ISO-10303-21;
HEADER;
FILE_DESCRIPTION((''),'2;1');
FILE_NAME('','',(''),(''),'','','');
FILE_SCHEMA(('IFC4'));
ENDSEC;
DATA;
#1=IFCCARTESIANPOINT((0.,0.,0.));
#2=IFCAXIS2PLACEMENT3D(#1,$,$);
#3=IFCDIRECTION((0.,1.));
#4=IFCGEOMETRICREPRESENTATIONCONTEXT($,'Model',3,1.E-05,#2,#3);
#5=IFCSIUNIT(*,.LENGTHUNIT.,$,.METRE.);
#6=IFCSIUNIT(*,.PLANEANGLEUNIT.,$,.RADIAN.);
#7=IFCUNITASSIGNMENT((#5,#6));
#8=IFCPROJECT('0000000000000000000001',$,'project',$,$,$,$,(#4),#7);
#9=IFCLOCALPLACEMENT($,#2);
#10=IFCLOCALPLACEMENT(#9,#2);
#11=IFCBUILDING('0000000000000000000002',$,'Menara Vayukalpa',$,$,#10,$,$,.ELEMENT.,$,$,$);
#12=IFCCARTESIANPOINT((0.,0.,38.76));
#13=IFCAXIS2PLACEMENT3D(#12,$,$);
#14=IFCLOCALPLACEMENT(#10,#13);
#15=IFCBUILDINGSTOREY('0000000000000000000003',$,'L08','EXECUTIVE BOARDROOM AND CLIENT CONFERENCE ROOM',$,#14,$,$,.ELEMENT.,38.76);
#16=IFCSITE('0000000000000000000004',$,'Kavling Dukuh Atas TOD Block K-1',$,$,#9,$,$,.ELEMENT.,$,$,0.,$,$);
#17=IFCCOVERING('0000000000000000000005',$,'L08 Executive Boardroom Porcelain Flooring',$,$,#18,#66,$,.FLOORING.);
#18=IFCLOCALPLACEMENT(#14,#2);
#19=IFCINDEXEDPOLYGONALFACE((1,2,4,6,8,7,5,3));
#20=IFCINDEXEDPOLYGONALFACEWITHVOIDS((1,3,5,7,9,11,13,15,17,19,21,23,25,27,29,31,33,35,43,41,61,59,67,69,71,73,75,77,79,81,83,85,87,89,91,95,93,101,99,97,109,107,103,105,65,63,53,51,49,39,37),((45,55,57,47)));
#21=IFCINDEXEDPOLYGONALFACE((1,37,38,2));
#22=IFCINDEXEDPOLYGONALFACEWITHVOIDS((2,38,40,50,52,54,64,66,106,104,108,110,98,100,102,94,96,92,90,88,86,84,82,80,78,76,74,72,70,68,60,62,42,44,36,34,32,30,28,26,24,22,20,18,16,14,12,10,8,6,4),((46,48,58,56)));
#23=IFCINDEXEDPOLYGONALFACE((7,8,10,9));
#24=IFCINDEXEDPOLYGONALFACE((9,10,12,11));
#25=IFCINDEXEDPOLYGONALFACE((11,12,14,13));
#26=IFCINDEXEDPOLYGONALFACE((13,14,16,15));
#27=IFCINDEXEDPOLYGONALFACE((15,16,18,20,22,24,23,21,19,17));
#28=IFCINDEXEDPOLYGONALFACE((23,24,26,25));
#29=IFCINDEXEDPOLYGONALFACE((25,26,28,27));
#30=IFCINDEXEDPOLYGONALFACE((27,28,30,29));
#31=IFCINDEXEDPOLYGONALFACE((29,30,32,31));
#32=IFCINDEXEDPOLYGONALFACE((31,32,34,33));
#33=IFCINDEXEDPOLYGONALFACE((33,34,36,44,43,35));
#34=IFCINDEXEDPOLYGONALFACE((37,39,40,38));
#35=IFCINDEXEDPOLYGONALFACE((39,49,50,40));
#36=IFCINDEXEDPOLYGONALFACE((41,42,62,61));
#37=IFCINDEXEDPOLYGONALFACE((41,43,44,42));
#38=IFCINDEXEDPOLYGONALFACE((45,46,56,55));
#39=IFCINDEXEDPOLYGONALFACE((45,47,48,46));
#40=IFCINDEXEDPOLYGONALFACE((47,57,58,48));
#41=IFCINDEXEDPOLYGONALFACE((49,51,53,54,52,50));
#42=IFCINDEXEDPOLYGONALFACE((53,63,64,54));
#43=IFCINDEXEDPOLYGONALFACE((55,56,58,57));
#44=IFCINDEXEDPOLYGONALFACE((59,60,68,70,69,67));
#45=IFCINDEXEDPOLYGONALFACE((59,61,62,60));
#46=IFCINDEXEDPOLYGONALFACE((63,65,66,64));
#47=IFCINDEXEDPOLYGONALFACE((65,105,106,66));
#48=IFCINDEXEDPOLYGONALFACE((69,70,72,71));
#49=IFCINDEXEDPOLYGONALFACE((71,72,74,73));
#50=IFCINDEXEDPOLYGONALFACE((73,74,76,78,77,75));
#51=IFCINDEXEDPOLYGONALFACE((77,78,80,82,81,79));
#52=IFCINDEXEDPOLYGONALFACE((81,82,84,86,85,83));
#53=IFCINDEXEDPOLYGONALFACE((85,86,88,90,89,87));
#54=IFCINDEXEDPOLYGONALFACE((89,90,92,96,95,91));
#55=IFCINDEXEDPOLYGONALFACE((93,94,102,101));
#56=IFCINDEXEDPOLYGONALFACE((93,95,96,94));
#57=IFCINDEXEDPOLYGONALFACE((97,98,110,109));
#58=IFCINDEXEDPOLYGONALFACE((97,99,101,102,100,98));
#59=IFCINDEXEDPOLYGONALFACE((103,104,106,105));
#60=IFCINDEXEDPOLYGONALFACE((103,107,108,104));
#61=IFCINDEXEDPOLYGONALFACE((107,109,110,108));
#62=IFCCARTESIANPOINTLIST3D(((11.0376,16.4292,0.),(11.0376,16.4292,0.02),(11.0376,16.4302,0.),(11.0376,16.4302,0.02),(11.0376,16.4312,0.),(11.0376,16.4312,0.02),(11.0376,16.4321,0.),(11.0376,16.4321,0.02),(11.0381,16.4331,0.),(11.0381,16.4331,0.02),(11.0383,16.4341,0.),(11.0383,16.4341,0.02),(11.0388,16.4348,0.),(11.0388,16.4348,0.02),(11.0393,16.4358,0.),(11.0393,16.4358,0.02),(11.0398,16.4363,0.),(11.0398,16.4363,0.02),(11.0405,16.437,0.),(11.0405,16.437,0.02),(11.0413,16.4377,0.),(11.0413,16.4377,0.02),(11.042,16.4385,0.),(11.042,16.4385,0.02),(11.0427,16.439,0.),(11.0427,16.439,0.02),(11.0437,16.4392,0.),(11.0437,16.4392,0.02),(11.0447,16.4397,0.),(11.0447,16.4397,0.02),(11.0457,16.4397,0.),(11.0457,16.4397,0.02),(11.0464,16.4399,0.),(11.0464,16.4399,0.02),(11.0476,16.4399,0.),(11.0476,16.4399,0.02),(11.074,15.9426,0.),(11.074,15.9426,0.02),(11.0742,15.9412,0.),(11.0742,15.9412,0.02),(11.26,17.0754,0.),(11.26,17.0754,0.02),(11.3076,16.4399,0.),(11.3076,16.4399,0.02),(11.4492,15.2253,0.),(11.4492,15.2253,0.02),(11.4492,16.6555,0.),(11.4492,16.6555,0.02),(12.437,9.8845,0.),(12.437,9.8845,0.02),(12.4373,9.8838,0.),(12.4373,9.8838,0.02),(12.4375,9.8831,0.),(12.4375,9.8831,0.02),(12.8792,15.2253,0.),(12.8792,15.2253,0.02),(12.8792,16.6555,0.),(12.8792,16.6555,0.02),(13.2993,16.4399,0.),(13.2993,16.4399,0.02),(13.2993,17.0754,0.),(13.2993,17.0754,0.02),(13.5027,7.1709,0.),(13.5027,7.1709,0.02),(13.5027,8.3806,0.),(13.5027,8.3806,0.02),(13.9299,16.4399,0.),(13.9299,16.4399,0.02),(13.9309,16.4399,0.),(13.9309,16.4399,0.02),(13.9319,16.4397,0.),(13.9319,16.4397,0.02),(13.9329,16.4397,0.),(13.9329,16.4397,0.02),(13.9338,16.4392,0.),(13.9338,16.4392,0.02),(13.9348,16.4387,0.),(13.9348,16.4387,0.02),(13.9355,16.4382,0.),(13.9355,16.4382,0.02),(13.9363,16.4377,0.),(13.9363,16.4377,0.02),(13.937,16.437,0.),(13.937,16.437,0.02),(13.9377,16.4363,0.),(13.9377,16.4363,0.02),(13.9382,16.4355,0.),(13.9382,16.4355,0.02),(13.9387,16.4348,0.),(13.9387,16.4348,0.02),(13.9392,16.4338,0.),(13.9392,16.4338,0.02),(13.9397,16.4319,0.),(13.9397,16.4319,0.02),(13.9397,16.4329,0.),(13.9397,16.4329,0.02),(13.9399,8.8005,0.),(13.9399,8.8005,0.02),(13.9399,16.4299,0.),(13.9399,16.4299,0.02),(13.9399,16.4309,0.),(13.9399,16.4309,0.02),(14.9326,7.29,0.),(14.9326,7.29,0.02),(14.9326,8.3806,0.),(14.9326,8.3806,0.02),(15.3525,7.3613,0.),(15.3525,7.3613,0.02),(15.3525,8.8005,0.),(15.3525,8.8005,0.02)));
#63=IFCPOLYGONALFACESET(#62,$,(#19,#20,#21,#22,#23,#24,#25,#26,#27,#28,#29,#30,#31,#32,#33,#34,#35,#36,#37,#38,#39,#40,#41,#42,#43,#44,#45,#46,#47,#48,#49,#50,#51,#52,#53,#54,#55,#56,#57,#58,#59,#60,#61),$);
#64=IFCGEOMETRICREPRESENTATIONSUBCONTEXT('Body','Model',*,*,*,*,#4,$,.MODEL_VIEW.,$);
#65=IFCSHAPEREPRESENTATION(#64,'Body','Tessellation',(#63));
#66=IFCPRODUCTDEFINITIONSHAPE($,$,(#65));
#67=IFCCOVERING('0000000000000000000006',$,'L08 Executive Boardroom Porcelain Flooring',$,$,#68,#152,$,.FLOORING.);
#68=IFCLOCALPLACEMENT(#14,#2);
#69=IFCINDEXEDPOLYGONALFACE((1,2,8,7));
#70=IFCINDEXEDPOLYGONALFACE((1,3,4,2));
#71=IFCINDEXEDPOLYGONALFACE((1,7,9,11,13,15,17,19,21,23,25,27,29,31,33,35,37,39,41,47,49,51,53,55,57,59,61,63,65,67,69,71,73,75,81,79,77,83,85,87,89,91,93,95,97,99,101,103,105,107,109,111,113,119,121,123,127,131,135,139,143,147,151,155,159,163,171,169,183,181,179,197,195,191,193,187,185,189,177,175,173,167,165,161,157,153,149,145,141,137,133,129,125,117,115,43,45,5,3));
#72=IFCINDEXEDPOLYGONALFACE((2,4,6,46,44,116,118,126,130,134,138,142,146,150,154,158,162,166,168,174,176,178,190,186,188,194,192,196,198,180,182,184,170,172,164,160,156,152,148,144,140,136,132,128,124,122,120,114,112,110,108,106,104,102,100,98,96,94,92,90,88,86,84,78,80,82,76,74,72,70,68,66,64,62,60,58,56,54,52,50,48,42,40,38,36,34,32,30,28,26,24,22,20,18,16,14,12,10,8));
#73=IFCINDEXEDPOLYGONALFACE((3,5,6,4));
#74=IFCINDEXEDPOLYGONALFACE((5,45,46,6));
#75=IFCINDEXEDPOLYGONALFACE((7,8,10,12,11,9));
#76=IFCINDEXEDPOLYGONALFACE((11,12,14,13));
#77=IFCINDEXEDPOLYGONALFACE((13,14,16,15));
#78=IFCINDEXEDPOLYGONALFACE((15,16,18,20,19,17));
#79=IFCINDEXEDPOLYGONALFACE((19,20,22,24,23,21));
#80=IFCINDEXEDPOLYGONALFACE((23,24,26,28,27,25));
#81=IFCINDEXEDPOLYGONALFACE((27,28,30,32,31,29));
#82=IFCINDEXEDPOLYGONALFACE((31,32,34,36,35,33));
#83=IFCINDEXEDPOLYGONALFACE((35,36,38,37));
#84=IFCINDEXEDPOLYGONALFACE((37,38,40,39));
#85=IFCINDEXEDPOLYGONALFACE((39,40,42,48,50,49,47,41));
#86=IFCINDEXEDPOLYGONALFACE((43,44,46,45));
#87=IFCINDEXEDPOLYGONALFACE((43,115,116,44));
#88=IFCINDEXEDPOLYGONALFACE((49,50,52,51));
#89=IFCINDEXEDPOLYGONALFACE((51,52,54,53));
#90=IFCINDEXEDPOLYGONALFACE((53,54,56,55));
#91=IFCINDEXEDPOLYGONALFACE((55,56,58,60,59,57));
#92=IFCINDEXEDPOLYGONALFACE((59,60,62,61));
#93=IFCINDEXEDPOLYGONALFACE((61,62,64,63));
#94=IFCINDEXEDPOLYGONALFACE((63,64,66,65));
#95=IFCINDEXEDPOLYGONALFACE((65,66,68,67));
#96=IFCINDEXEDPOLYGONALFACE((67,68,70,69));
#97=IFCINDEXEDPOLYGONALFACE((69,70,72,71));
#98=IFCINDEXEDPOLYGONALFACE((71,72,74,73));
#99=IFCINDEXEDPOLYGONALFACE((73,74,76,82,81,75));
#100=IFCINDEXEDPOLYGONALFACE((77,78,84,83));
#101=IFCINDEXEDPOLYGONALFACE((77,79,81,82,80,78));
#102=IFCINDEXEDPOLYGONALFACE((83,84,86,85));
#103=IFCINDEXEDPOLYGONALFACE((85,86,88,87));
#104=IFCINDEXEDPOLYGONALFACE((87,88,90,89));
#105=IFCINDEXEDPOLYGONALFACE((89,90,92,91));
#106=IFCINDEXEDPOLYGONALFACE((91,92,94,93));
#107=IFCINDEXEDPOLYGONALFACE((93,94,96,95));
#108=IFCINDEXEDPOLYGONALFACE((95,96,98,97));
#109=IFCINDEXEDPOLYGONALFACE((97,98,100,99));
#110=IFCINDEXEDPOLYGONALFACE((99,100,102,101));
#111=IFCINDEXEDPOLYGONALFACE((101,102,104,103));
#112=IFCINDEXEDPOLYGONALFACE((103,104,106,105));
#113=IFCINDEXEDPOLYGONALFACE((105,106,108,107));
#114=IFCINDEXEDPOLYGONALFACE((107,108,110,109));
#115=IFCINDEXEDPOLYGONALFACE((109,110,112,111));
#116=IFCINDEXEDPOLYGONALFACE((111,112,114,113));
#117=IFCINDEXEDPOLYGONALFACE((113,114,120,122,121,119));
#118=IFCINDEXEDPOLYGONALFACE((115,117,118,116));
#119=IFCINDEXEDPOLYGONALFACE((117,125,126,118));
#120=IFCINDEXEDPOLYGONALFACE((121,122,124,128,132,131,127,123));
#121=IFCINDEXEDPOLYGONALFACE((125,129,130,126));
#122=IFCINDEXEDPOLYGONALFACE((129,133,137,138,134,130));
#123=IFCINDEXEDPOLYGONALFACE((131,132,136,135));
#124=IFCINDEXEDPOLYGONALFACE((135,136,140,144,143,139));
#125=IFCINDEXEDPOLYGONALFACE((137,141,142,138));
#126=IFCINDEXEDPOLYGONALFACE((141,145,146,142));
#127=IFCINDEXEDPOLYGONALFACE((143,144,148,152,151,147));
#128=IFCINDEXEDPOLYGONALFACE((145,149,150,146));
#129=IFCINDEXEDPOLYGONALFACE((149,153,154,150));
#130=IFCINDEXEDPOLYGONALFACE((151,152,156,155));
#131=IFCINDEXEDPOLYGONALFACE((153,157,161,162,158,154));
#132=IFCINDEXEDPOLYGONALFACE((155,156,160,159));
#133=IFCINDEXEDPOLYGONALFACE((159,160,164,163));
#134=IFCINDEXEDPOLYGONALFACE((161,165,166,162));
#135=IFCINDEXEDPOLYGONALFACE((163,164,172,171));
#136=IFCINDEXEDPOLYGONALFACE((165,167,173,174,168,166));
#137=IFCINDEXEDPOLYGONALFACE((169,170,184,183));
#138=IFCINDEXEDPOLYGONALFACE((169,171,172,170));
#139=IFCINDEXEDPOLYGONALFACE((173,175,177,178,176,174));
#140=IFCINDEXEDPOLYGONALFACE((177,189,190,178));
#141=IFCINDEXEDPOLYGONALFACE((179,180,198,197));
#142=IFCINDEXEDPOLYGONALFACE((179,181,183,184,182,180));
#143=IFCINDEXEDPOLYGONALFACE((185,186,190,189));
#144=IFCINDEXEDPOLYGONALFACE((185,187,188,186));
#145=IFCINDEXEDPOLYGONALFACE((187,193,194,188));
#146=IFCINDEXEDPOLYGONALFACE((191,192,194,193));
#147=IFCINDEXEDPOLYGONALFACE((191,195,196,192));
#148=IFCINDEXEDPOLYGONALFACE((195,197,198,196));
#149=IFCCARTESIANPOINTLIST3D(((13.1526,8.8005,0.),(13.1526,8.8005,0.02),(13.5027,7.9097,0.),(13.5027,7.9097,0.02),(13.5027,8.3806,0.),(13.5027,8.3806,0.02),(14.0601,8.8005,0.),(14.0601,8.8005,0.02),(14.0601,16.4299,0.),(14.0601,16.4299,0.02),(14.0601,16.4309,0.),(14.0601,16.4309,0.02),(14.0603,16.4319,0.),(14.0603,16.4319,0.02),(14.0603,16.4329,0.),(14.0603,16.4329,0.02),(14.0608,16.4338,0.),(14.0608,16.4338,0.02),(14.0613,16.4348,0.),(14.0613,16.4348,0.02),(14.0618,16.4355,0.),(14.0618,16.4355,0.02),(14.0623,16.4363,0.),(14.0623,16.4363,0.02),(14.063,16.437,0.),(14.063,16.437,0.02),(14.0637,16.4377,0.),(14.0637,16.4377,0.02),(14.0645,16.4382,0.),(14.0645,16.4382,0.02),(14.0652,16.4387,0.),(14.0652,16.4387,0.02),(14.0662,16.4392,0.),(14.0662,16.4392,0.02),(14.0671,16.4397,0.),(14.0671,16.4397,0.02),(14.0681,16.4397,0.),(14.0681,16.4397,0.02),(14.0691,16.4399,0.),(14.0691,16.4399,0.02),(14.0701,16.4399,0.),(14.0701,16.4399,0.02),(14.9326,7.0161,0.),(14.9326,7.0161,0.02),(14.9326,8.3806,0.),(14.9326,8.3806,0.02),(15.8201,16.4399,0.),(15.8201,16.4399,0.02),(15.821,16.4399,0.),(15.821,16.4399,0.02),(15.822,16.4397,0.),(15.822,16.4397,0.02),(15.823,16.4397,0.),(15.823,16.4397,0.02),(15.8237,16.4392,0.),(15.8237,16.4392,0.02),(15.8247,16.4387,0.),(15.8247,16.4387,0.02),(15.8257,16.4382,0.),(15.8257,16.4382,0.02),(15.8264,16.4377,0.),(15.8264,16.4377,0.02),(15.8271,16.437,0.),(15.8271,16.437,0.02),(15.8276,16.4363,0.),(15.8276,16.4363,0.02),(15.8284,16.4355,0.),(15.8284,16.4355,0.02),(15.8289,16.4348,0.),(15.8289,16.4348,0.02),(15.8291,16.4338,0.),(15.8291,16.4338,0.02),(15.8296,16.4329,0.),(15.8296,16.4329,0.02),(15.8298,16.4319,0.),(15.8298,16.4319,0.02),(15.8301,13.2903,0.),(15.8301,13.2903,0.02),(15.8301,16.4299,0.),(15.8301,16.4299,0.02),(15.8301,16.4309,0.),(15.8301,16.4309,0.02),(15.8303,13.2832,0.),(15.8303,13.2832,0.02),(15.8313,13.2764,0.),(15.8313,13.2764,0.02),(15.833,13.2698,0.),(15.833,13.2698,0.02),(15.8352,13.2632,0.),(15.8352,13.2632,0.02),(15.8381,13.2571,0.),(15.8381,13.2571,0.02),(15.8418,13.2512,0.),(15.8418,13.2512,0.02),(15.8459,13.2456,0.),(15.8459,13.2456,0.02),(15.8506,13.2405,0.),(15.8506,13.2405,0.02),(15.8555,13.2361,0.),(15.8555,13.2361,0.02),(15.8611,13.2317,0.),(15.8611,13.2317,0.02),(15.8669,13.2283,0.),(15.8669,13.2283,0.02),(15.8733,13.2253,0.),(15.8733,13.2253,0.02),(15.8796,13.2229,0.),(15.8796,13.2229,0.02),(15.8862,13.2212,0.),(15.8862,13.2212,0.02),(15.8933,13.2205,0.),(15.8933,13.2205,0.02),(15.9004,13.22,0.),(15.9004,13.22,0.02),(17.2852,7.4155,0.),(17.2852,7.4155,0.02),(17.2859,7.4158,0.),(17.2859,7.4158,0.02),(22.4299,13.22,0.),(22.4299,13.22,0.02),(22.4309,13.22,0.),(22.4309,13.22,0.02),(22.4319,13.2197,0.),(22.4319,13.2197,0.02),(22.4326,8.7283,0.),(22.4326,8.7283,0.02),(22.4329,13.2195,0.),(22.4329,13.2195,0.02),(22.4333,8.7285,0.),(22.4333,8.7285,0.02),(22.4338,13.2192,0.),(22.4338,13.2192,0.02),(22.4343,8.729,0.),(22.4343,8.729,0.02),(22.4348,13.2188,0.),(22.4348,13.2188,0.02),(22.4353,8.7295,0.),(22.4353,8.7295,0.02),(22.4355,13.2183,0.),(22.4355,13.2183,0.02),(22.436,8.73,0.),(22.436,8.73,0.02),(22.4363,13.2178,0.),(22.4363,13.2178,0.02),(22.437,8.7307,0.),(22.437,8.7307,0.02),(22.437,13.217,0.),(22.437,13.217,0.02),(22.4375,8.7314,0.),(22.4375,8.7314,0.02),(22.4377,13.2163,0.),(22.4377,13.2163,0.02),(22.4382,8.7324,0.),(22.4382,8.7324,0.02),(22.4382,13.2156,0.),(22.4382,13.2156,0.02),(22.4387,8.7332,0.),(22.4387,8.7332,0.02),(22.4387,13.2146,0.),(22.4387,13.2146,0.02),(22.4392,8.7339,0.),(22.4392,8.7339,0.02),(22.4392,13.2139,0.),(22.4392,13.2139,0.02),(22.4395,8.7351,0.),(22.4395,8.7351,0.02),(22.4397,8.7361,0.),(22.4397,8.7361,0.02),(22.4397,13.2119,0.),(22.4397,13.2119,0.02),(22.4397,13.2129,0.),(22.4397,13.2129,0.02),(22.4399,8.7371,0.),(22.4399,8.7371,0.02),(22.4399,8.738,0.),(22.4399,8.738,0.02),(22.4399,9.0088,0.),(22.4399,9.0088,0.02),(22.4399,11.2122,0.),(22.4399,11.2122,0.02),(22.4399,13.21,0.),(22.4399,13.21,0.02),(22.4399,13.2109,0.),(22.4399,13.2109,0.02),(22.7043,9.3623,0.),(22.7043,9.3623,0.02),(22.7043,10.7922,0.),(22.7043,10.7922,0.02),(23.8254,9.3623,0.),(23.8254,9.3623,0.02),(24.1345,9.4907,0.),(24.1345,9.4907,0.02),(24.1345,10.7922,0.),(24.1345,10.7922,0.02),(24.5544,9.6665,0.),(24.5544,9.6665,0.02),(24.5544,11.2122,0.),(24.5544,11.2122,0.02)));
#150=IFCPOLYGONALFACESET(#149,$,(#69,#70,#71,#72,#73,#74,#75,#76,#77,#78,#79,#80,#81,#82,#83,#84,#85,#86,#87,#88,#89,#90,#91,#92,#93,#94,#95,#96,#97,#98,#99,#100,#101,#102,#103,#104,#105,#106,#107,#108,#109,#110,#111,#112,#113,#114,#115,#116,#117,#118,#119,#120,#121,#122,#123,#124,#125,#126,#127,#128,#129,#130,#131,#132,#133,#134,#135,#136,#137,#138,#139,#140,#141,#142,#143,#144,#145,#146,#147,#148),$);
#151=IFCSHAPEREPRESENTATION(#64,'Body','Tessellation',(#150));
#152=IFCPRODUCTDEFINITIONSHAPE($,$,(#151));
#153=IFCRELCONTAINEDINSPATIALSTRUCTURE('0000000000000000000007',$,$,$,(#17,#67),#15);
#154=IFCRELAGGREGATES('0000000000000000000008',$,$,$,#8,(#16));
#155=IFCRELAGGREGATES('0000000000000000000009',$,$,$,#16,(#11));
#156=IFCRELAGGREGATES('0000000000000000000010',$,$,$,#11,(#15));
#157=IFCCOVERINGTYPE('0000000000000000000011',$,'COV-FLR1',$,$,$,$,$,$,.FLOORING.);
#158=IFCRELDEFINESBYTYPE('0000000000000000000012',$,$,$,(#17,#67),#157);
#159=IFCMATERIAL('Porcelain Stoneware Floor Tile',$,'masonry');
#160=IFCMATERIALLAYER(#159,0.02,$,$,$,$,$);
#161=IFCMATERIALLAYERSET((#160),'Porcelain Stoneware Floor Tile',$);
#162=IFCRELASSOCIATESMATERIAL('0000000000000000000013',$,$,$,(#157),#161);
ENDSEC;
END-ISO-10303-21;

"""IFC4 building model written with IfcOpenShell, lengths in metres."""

from ifc_helpers import new_model, si_unit, direction, frame, origin, place, context, subcontext, project, spatial, polyline, outline, extrude, material, layer, layer_set, type_object, element, save


model = new_model("IFC4")

# Units and contexts
model_context = context("Model", 3, precision=1e-05, world=origin(), true_north=direction((0.0, 1.0)))
body_context = subcontext(model_context, "Body", "Model", "MODEL_VIEW")
ifc_project = project(units=[si_unit("LENGTHUNIT", "METRE"), si_unit("PLANEANGLEUNIT", "RADIAN")], contexts=[model_context])

# Site, building, storey
site_placement = place(None, origin())
site = spatial("IfcSite", under=ifc_project, at=site_placement, Name="Kavling Dukuh Atas TOD Block K-1", CompositionType="ELEMENT", RefElevation=0.0)
building_placement = place(site_placement, origin())
building = spatial("IfcBuilding", under=site, at=building_placement, Name="Menara Vayukalpa", CompositionType="ELEMENT")
storey_placement = place(building_placement, frame((0.0, 0.0, 38.76)))
storey = spatial("IfcBuildingStorey", under=building, at=storey_placement, Name="L08", Description="EXECUTIVE BOARDROOM AND CLIENT CONFERENCE ROOM", CompositionType="ELEMENT", Elevation=38.76)

# Coverings
ifc_material_1 = material(Name="Porcelain Stoneware Floor Tile", Category="masonry")
ifc_layer_1 = layer(ifc_material_1, 0.02)
ifc_layer_set_1 = layer_set([ifc_layer_1], Name="Porcelain Stoneware Floor Tile")
covering_type_1 = type_object("IfcCoveringType", Name="COV-FLR1", PredefinedType="FLOORING", material=ifc_layer_set_1)
covering_1_placement = place(storey_placement, origin())
element("IfcCovering", 1, at=covering_1_placement, inside=storey, type_object=covering_type_1, Name="L08 Executive Boardroom Porcelain Flooring", PredefinedType="FLOORING", context=body_context, shape_type="SweptSolid", body=[
    extrude(outline(polyline([(14.9326, 7.29), (14.9326, 8.3806), (13.5027, 8.3806), (13.5027, 7.1709), (12.4375, 9.8831), (12.4373, 9.8838), (12.437, 9.8845), (11.0742, 15.9412), (11.074, 15.9426), (11.0376, 16.4292), (11.0376, 16.4302), (11.0376, 16.4312), (11.0376, 16.4321), (11.0381, 16.4331), (11.0383, 16.4341), (11.0388, 16.4348), (11.0393, 16.4358), (11.0398, 16.4363), (11.0405, 16.437), (11.0413, 16.4377), (11.042, 16.4385), (11.0427, 16.439), (11.0437, 16.4392), (11.0447, 16.4397), (11.0457, 16.4397), (11.0464, 16.4399), (11.0476, 16.4399), (11.3076, 16.4399), (11.26, 17.0754), (13.2993, 17.0754), (13.2993, 16.4399), (13.9299, 16.4399), (13.9309, 16.4399), (13.9319, 16.4397), (13.9329, 16.4397), (13.9338, 16.4392), (13.9348, 16.4387), (13.9355, 16.4382), (13.9363, 16.4377), (13.937, 16.437), (13.9377, 16.4363), (13.9382, 16.4355), (13.9387, 16.4348), (13.9392, 16.4338), (13.9397, 16.4329), (13.9397, 16.4319), (13.9399, 16.4309), (13.9399, 16.4299), (13.9399, 8.8005), (15.3525, 8.8005), (15.3525, 7.3613), (14.9326, 7.29)]), holes=[polyline([(12.8792, 16.6555), (11.4492, 16.6555), (11.4492, 15.2253), (12.8792, 15.2253), (12.8792, 16.6555)])]), origin(), (0.0, 0.0, 1.0), 0.02),
])
covering_2_placement = place(storey_placement, origin())
element("IfcCovering", 2, at=covering_2_placement, inside=storey, type_object=covering_type_1, Name="L08 Executive Boardroom Porcelain Flooring", PredefinedType="FLOORING", context=body_context, shape_type="SweptSolid", body=[
    extrude(outline(polyline([(13.1526, 8.8005), (14.0601, 8.8005), (14.0601, 16.4299), (14.0601, 16.4309), (14.0603, 16.4319), (14.0603, 16.4329), (14.0608, 16.4338), (14.0613, 16.4348), (14.0618, 16.4355), (14.0623, 16.4363), (14.063, 16.437), (14.0637, 16.4377), (14.0645, 16.4382), (14.0652, 16.4387), (14.0662, 16.4392), (14.0671, 16.4397), (14.0681, 16.4397), (14.0691, 16.4399), (14.0701, 16.4399), (15.8201, 16.4399), (15.821, 16.4399), (15.822, 16.4397), (15.823, 16.4397), (15.8237, 16.4392), (15.8247, 16.4387), (15.8257, 16.4382), (15.8264, 16.4377), (15.8271, 16.437), (15.8276, 16.4363), (15.8284, 16.4355), (15.8289, 16.4348), (15.8291, 16.4338), (15.8296, 16.4329), (15.8298, 16.4319), (15.8301, 16.4309), (15.8301, 16.4299), (15.8301, 13.2903), (15.8303, 13.2832), (15.8313, 13.2764), (15.833, 13.2698), (15.8352, 13.2632), (15.8381, 13.2571), (15.8418, 13.2512), (15.8459, 13.2456), (15.8506, 13.2405), (15.8555, 13.2361), (15.8611, 13.2317), (15.8669, 13.2283), (15.8733, 13.2253), (15.8796, 13.2229), (15.8862, 13.2212), (15.8933, 13.2205), (15.9004, 13.22), (22.4299, 13.22), (22.4309, 13.22), (22.4319, 13.2197), (22.4329, 13.2195), (22.4338, 13.2192), (22.4348, 13.2188), (22.4355, 13.2183), (22.4363, 13.2178), (22.437, 13.217), (22.4377, 13.2163), (22.4382, 13.2156), (22.4387, 13.2146), (22.4392, 13.2139), (22.4397, 13.2129), (22.4397, 13.2119), (22.4399, 13.2109), (22.4399, 13.21), (22.4399, 11.2122), (24.5544, 11.2122), (24.5544, 9.6665), (24.1345, 9.4907), (24.1345, 10.7922), (22.7043, 10.7922), (22.7043, 9.3623), (23.8254, 9.3623), (22.4399, 9.0088), (22.4399, 8.738), (22.4399, 8.7371), (22.4397, 8.7361), (22.4395, 8.7351), (22.4392, 8.7339), (22.4387, 8.7332), (22.4382, 8.7324), (22.4375, 8.7314), (22.437, 8.7307), (22.436, 8.73), (22.4353, 8.7295), (22.4343, 8.729), (22.4333, 8.7285), (22.4326, 8.7283), (17.2859, 7.4158), (17.2852, 7.4155), (14.9326, 7.0161), (14.9326, 8.3806), (13.5027, 8.3806), (13.5027, 7.9097), (13.1526, 8.8005)])), origin(), (0.0, 0.0, 1.0), 0.02),
])

save(model, "model.ifc")
